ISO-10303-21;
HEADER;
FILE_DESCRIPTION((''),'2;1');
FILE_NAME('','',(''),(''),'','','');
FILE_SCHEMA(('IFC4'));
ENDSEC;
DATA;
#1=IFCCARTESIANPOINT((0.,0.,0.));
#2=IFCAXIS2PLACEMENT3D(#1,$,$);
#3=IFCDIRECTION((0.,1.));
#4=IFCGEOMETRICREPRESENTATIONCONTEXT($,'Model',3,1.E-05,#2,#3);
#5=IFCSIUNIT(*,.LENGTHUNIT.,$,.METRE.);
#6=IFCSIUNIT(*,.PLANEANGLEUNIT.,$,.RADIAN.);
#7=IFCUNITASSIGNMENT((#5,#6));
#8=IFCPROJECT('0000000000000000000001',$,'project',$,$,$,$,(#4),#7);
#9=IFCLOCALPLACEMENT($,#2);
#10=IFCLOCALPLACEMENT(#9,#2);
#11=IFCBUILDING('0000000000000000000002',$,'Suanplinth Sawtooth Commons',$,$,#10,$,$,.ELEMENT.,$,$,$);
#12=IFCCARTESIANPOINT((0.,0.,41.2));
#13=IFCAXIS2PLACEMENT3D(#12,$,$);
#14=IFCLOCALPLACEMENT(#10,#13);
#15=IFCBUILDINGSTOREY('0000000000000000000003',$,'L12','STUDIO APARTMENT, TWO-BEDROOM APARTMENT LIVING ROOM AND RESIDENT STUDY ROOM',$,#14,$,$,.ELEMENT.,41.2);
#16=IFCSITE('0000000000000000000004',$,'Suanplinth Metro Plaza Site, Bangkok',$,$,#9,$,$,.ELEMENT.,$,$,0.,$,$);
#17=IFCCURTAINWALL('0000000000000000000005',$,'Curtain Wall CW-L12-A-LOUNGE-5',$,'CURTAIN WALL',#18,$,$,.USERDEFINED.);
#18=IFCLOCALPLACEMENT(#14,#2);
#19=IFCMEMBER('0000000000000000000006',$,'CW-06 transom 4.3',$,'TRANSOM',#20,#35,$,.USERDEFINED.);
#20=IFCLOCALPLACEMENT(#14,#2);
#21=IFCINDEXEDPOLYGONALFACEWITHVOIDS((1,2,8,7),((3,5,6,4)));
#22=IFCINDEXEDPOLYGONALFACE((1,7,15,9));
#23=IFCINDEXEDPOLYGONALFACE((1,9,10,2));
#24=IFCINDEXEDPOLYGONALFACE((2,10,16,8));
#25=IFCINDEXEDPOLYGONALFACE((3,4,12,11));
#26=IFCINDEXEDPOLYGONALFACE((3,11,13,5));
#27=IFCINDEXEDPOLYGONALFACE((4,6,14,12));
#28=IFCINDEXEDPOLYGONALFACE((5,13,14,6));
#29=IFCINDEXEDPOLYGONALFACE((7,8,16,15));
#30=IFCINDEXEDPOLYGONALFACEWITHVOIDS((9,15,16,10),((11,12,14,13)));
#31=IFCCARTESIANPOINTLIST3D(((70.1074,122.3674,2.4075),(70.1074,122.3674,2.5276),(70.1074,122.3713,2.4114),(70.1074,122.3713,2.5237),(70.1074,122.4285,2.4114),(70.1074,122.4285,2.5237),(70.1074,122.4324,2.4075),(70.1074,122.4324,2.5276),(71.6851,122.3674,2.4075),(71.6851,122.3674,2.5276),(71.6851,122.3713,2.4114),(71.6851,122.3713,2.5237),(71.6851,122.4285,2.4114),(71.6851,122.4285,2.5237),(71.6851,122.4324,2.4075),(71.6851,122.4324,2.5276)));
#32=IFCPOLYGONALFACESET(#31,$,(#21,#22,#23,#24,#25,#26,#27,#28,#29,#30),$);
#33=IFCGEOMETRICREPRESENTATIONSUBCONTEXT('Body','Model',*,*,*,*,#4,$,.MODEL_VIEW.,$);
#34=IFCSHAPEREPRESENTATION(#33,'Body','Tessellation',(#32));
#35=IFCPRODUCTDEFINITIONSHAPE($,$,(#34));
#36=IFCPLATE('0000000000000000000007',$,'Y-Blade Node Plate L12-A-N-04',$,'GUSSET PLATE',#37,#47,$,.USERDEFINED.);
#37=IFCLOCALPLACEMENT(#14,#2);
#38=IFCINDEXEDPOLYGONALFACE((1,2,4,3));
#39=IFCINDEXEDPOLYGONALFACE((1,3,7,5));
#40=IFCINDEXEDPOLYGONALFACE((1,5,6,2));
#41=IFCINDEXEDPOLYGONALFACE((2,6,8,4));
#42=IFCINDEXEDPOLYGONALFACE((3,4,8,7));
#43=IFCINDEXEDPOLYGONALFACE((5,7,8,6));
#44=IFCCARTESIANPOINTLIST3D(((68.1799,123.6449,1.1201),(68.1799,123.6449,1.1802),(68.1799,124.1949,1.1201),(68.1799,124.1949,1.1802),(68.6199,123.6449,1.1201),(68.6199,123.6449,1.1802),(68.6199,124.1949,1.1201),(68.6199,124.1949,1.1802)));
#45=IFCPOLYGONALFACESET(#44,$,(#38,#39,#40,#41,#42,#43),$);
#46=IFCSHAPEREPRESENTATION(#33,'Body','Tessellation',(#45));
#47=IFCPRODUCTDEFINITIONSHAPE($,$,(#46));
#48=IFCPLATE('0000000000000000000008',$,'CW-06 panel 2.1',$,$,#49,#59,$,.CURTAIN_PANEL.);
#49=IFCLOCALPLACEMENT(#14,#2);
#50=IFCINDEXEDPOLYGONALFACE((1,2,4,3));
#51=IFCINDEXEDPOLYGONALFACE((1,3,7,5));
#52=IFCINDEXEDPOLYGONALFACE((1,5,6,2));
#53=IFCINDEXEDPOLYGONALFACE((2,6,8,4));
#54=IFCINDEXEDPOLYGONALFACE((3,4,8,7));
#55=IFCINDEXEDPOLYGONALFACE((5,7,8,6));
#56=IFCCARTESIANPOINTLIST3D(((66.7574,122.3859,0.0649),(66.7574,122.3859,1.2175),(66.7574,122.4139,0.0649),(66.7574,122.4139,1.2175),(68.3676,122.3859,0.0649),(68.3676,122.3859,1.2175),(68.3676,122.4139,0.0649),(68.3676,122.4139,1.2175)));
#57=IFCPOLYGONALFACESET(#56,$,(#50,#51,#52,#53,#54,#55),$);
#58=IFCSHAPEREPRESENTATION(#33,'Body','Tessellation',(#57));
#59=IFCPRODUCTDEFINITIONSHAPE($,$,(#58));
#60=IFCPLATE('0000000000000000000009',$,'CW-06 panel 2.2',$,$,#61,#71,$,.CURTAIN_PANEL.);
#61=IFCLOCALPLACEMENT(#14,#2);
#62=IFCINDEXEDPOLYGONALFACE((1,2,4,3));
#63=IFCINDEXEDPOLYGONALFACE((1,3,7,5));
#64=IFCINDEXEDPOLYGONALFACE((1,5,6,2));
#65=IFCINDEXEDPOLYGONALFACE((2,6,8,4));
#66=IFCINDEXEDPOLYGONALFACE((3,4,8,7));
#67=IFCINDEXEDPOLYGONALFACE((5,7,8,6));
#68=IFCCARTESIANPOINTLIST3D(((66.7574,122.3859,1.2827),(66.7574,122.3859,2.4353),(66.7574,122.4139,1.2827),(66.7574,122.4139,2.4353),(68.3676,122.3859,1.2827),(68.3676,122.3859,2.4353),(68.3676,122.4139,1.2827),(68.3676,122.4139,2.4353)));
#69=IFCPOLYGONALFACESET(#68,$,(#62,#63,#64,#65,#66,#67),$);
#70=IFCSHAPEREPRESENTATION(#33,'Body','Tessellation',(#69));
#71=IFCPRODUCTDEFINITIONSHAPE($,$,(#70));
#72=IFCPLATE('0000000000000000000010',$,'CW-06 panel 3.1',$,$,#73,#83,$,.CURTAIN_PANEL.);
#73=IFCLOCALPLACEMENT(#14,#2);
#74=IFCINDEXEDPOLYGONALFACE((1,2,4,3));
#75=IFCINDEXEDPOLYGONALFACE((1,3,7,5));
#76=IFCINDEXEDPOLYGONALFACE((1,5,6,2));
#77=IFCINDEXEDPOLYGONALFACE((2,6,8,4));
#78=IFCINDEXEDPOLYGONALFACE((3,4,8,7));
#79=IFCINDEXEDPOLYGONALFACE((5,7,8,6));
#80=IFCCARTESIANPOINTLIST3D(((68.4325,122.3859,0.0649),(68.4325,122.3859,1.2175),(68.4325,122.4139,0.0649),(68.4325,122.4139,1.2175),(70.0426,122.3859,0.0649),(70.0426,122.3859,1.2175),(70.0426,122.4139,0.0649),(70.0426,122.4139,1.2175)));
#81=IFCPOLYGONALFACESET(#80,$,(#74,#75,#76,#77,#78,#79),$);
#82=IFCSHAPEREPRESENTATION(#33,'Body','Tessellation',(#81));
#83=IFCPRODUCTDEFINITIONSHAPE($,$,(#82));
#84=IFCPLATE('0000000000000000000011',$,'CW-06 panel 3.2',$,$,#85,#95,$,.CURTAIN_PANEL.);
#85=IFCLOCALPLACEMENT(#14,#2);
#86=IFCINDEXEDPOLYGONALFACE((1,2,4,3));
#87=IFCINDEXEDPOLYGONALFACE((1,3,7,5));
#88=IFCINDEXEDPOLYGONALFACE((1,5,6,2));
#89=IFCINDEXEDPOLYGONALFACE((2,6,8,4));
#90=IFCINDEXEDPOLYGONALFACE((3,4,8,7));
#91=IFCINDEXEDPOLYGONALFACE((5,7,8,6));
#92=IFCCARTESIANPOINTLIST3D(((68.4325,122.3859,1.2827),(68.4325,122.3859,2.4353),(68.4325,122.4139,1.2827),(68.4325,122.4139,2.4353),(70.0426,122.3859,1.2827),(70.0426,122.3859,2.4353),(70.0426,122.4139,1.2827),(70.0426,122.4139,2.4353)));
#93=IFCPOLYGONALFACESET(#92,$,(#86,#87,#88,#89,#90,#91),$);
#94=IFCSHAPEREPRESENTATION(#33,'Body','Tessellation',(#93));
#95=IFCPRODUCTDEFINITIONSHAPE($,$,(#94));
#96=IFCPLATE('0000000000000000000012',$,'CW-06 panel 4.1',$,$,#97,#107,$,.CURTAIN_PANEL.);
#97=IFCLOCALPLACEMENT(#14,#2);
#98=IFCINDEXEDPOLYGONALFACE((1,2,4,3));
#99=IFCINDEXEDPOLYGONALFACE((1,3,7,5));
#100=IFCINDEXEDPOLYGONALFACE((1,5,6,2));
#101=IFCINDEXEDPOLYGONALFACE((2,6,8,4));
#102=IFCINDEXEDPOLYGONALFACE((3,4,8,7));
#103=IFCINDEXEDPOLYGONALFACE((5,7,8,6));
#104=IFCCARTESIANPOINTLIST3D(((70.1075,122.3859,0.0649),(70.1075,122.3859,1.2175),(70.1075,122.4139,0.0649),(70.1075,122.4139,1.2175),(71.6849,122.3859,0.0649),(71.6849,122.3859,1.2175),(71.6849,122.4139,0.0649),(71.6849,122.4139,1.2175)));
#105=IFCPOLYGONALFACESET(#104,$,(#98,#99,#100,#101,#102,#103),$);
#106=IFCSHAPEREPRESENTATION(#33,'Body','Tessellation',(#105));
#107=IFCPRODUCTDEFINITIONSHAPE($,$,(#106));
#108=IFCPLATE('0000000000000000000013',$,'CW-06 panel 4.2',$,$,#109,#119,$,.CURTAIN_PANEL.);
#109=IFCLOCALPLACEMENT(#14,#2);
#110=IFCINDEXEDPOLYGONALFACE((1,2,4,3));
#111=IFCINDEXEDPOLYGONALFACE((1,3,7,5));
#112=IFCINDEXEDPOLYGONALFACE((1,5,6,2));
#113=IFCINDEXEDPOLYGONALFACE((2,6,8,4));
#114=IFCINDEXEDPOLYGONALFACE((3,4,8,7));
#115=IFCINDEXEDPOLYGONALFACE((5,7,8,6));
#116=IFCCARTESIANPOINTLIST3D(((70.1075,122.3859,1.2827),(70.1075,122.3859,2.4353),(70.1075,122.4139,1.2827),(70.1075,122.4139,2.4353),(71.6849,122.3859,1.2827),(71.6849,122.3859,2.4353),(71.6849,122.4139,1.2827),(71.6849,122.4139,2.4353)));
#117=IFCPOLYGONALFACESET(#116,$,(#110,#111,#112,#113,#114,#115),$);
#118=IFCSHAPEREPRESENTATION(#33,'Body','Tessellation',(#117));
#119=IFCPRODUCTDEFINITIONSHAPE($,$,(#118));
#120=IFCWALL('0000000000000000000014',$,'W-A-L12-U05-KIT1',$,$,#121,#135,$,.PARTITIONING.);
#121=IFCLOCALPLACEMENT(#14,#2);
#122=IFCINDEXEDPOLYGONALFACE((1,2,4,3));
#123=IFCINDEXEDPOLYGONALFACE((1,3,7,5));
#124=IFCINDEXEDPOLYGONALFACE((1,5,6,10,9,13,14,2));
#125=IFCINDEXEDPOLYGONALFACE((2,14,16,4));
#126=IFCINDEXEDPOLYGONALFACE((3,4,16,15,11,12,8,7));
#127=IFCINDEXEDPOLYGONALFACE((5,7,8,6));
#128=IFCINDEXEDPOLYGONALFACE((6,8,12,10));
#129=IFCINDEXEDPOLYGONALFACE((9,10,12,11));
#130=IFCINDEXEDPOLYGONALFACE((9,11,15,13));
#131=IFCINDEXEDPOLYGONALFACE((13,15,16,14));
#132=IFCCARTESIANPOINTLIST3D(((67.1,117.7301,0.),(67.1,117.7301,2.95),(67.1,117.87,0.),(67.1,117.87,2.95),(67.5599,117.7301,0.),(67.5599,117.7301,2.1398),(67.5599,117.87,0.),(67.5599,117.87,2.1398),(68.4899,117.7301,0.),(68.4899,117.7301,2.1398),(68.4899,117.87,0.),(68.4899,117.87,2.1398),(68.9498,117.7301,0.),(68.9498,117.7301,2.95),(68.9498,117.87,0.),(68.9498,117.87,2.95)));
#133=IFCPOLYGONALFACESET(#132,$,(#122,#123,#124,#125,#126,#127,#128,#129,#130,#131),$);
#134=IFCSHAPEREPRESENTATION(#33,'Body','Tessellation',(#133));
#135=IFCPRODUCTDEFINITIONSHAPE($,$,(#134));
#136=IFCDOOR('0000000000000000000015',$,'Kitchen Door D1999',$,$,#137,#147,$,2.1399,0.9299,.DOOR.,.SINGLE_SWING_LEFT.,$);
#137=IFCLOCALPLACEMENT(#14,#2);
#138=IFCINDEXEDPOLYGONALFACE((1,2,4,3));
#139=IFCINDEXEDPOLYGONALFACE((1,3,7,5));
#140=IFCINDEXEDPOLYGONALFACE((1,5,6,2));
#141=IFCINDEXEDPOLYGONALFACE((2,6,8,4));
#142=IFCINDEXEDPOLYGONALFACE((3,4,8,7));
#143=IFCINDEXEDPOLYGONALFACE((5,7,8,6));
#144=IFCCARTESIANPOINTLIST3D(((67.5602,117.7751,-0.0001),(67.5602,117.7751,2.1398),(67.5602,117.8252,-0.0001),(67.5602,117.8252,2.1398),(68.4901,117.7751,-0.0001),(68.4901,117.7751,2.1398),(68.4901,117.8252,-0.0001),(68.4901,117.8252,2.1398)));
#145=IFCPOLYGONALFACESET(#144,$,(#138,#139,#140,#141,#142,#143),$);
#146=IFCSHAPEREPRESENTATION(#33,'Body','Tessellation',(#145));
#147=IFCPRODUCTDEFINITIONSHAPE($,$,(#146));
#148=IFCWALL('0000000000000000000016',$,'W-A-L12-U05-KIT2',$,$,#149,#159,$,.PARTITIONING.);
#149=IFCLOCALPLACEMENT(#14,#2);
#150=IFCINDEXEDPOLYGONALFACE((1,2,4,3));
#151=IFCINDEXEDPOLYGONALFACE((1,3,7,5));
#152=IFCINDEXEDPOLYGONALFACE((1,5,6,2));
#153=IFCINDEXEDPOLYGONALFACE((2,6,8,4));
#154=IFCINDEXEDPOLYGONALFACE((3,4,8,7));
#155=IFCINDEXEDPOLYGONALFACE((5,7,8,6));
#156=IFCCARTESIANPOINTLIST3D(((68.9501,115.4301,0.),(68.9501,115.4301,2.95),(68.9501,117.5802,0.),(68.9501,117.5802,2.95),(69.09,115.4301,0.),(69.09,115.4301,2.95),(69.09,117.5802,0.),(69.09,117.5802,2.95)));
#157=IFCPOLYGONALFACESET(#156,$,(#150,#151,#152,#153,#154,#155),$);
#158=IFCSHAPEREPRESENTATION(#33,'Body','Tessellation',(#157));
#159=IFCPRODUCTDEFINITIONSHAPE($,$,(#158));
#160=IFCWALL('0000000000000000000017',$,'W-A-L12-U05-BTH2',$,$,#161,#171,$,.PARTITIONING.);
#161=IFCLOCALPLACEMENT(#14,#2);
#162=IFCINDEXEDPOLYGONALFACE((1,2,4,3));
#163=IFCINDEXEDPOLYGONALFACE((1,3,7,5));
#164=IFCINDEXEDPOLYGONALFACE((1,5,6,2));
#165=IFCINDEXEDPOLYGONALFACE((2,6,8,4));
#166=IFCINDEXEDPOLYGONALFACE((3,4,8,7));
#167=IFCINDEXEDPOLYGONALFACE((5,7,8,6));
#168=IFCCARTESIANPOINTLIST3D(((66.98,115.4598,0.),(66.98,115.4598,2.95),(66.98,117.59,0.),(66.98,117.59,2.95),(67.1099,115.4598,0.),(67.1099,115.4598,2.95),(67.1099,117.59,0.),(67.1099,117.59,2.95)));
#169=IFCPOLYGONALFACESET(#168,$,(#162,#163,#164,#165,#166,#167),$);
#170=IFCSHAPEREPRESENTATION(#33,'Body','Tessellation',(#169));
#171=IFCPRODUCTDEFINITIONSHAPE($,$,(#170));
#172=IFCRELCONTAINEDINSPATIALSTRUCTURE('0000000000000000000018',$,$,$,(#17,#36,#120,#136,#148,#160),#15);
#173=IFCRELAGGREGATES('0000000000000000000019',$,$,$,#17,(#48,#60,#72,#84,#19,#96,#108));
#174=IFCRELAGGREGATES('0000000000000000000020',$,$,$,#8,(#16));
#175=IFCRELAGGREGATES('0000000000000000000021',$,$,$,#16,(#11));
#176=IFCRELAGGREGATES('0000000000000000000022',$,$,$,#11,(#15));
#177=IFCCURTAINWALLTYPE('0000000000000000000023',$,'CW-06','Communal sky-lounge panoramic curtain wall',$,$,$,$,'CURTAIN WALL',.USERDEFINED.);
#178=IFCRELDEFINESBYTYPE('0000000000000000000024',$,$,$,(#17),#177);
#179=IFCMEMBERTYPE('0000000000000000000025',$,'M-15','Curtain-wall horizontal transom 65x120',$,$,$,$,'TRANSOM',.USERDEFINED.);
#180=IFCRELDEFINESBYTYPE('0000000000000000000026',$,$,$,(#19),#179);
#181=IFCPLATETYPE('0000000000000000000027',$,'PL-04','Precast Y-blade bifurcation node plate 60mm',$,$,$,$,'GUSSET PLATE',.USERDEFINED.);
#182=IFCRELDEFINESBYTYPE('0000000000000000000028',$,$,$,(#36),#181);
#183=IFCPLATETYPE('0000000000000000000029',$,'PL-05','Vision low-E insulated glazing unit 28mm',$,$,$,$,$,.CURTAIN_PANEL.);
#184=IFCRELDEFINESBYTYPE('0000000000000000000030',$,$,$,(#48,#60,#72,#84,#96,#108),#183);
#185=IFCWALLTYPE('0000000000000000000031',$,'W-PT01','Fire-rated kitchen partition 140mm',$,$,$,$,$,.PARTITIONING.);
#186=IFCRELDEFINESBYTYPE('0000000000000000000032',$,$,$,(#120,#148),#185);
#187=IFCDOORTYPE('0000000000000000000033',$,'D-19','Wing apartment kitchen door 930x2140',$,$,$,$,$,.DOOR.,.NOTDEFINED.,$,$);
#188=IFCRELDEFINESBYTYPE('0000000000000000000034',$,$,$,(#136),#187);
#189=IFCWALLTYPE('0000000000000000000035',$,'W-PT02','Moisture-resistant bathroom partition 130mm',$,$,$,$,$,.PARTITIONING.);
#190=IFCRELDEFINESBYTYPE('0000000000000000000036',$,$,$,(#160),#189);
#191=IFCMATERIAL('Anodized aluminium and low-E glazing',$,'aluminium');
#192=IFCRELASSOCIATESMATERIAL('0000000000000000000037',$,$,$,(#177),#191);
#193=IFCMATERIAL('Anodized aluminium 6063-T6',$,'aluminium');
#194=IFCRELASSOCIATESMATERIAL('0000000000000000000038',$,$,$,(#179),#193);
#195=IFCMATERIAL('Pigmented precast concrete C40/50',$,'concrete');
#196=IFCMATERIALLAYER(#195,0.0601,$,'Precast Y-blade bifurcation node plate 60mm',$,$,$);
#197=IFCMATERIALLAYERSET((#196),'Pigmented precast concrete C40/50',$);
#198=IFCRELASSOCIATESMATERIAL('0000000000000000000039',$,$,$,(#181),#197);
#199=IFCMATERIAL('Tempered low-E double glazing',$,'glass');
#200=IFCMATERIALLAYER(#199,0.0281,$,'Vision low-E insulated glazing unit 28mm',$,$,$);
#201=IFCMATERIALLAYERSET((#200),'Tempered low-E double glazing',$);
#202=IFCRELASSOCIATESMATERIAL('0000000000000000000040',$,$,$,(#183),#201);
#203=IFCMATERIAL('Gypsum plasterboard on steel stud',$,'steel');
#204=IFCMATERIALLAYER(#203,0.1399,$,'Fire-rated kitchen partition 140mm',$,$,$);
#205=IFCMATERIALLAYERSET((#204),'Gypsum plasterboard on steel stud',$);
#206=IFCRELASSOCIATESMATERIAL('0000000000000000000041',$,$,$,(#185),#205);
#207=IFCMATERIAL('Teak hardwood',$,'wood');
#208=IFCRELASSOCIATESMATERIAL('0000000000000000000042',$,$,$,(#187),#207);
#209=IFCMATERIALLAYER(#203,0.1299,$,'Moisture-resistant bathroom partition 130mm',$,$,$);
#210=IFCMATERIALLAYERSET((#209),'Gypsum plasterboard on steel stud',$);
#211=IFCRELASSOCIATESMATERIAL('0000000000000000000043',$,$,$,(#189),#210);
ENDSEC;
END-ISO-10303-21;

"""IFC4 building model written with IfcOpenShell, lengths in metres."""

from ifc_helpers import new_model, si_unit, direction, frame, frame_2d, origin, origin_2d, place, context, subcontext, project, spatial, rectangle, hollow_rectangle, extrude, material, layer, layer_set, material_profile, profile_set, type_object, element, fill, aggregate, save


model = new_model("IFC4")

# Units and contexts
model_context = context("Model", 3, precision=1e-05, world=origin(), true_north=direction((0.0, 1.0)))
body_context = subcontext(model_context, "Body", "Model", "MODEL_VIEW")
ifc_project = project(units=[si_unit("LENGTHUNIT", "METRE"), si_unit("PLANEANGLEUNIT", "RADIAN")], contexts=[model_context])

# Site, building, storey
site_placement = place(None, origin())
site = spatial("IfcSite", under=ifc_project, at=site_placement, Name="Suanplinth Metro Plaza Site, Bangkok", CompositionType="ELEMENT", RefElevation=0.0)
building_placement = place(site_placement, origin())
building = spatial("IfcBuilding", under=site, at=building_placement, Name="Suanplinth Sawtooth Commons", CompositionType="ELEMENT")
storey_placement = place(building_placement, frame((0.0, 0.0, 41.2)))
storey = spatial("IfcBuildingStorey", under=building, at=storey_placement, Name="L12", Description="STUDIO APARTMENT, TWO-BEDROOM APARTMENT LIVING ROOM AND RESIDENT STUDY ROOM", CompositionType="ELEMENT", Elevation=41.2)

# Shared definitions
ifc_material_1 = material(Name="Pigmented precast concrete C40/50", Category="concrete")

# Curtain wall, member
ifc_material_2 = material(Name="Anodized aluminium and low-E glazing", Category="aluminium")
curtain_wall_type = type_object("IfcCurtainWallType", Name="CW-06", Description="Communal sky-lounge panoramic curtain wall", ElementType="CURTAIN WALL", PredefinedType="USERDEFINED", material=ifc_material_2)
curtain_wall_placement = place(storey_placement, origin())
curtain_wall = element("IfcCurtainWall", 1, at=curtain_wall_placement, inside=storey, type_object=curtain_wall_type, Name="Curtain Wall CW-L12-A-LOUNGE-5", ObjectType="CURTAIN WALL", PredefinedType="USERDEFINED")
ifc_material_3 = material(Name="Anodized aluminium 6063-T6", Category="aluminium")
ifc_material_profile_1 = material_profile(ifc_material_3, hollow_rectangle(XDim=0.0649, YDim=0.1201, WallThickness=0.0039, at=origin_2d()), Name="ALU-TRN 65x120")
ifc_profile_set_1 = profile_set([ifc_material_profile_1], Name="Anodized aluminium 6063-T6")
member_type_1 = type_object("IfcMemberType", Name="M-15", Description="Curtain-wall horizontal transom 65x120", ElementType="TRANSOM", PredefinedType="USERDEFINED", material=ifc_profile_set_1)
member_1_placement = place(storey_placement, frame((70.1074, 122.3999, 2.4675), z_axis=(1.0, 0.0, 0.0), x_axis=(0.0, 1.0, 0.0)))
member_1 = element("IfcMember", 2, at=member_1_placement, type_object=member_type_1, Name="CW-06 transom 4.3", ObjectType="TRANSOM", PredefinedType="USERDEFINED", context=body_context, shape_type="SweptSolid", body=[
    extrude(hollow_rectangle(XDim=0.0649, YDim=0.1201, WallThickness=0.0039, at=origin_2d()), origin(), (0.0, 0.0, 1.0), 1.5776),
])

# Plates
ifc_layer_1 = layer(ifc_material_1, 0.0601, Name="Precast Y-blade bifurcation node plate 60mm")
ifc_layer_set_1 = layer_set([ifc_layer_1], Name="Pigmented precast concrete C40/50")
plate_type_1 = type_object("IfcPlateType", Name="PL-04", Description="Precast Y-blade bifurcation node plate 60mm", ElementType="GUSSET PLATE", PredefinedType="USERDEFINED", material=ifc_layer_set_1)
plate_1_placement = place(storey_placement, frame((68.3999, 123.9199, 1.1201), z_axis=(0.0, 0.0, 1.0), x_axis=(1.0, 0.0, 0.0)))
element("IfcPlate", 3, at=plate_1_placement, inside=storey, type_object=plate_type_1, Name="Y-Blade Node Plate L12-A-N-04", ObjectType="GUSSET PLATE", PredefinedType="USERDEFINED", context=body_context, shape_type="SweptSolid", body=[
    extrude(rectangle(XDim=0.4399, YDim=0.55, at=origin_2d()), origin(), (0.0, 0.0, 1.0), 0.0601),
])
ifc_material_4 = material(Name="Tempered low-E double glazing", Category="glass")
ifc_layer_2 = layer(ifc_material_4, 0.0281, Name="Vision low-E insulated glazing unit 28mm")
ifc_layer_set_2 = layer_set([ifc_layer_2], Name="Tempered low-E double glazing")
plate_type_2 = type_object("IfcPlateType", Name="PL-05", Description="Vision low-E insulated glazing unit 28mm", PredefinedType="CURTAIN_PANEL", material=ifc_layer_set_2)
plate_2_placement = place(storey_placement, frame((67.5625, 122.3999, 0.0649), z_axis=(0.0, 0.0, 1.0), x_axis=(1.0, 0.0, 0.0)))
plate_2 = element("IfcPlate", 4, at=plate_2_placement, type_object=plate_type_2, Name="CW-06 panel 2.1", PredefinedType="CURTAIN_PANEL", context=body_context, shape_type="SweptSolid", body=[
    extrude(rectangle(XDim=1.6101, YDim=0.0281, at=origin_2d()), origin(), (0.0, 0.0, 1.0), 1.1526),
])
plate_3_placement = place(storey_placement, frame((67.5625, 122.3999, 1.2827), z_axis=(0.0, 0.0, 1.0), x_axis=(1.0, 0.0, 0.0)))
plate_3 = element("IfcPlate", 5, at=plate_3_placement, type_object=plate_type_2, Name="CW-06 panel 2.2", PredefinedType="CURTAIN_PANEL", context=body_context, shape_type="SweptSolid", body=[
    extrude(rectangle(XDim=1.6101, YDim=0.0281, at=origin_2d()), origin(), (0.0, 0.0, 1.0), 1.1526),
])
plate_4_placement = place(storey_placement, frame((69.2375, 122.3999, 0.0649), z_axis=(0.0, 0.0, 1.0), x_axis=(1.0, 0.0, 0.0)))
plate_4 = element("IfcPlate", 6, at=plate_4_placement, type_object=plate_type_2, Name="CW-06 panel 3.1", PredefinedType="CURTAIN_PANEL", context=body_context, shape_type="SweptSolid", body=[
    extrude(rectangle(XDim=1.6101, YDim=0.0281, at=origin_2d()), origin(), (0.0, 0.0, 1.0), 1.1526),
])
plate_5_placement = place(storey_placement, frame((69.2375, 122.3999, 1.2827), z_axis=(0.0, 0.0, 1.0), x_axis=(1.0, 0.0, 0.0)))
plate_5 = element("IfcPlate", 7, at=plate_5_placement, type_object=plate_type_2, Name="CW-06 panel 3.2", PredefinedType="CURTAIN_PANEL", context=body_context, shape_type="SweptSolid", body=[
    extrude(rectangle(XDim=1.6101, YDim=0.0281, at=origin_2d()), origin(), (0.0, 0.0, 1.0), 1.1526),
])
plate_6_placement = place(storey_placement, frame((70.8962, 122.3999, 0.0649), z_axis=(0.0, 0.0, 1.0), x_axis=(1.0, 0.0, 0.0)))
plate_6 = element("IfcPlate", 8, at=plate_6_placement, type_object=plate_type_2, Name="CW-06 panel 4.1", PredefinedType="CURTAIN_PANEL", context=body_context, shape_type="SweptSolid", body=[
    extrude(rectangle(XDim=1.5774, YDim=0.0281, at=origin_2d()), origin(), (0.0, 0.0, 1.0), 1.1526),
])
plate_7_placement = place(storey_placement, frame((70.8962, 122.3999, 1.2827), z_axis=(0.0, 0.0, 1.0), x_axis=(1.0, 0.0, 0.0)))
plate_7 = element("IfcPlate", 9, at=plate_7_placement, type_object=plate_type_2, Name="CW-06 panel 4.2", PredefinedType="CURTAIN_PANEL", context=body_context, shape_type="SweptSolid", body=[
    extrude(rectangle(XDim=1.5774, YDim=0.0281, at=origin_2d()), origin(), (0.0, 0.0, 1.0), 1.1526),
])
aggregate(curtain_wall, [plate_2, plate_3, plate_4, plate_5, member_1, plate_6, plate_7])

# Wall, opening, door
ifc_material_5 = material(Name="Gypsum plasterboard on steel stud", Category="steel")
ifc_layer_3 = layer(ifc_material_5, 0.1399, Name="Fire-rated kitchen partition 140mm")
ifc_layer_set_3 = layer_set([ifc_layer_3], Name="Gypsum plasterboard on steel stud")
wall_type_1 = type_object("IfcWallType", Name="W-PT01", Description="Fire-rated kitchen partition 140mm", PredefinedType="PARTITIONING", material=ifc_layer_set_3)
wall_1_placement = place(storey_placement, frame((67.1001, 117.8, 0.0), z_axis=(0.0, 0.0, 1.0), x_axis=(1.0, 0.0, 0.0)))
wall_1 = element("IfcWall", 10, at=wall_1_placement, inside=storey, type_object=wall_type_1, Name="W-A-L12-U05-KIT1", PredefinedType="PARTITIONING", context=body_context, shape_type="SweptSolid", body=[
    extrude(rectangle(XDim=1.8499, YDim=0.1399, at=frame_2d((0.9248, 0.0))), origin(), (0.0, 0.0, 1.0), 2.95),
])
opening_placement = place(wall_1_placement, frame((0.46, 0.0, 0.0)))
opening = element("IfcOpeningElement", 11, at=opening_placement, cuts=wall_1, PredefinedType="OPENING", context=body_context, shape_type="SweptSolid", body=[
    extrude(rectangle(XDim=0.9299, YDim=2.1399, at=frame_2d((0.4648, 1.0698))), frame((0.0, 0.085, 0.0), z_axis=(0.0, -1.0, 0.0), x_axis=(1.0, 0.0, 0.0)), (0.0, 0.0, 1.0), 0.1697),
])
ifc_material_6 = material(Name="Teak hardwood", Category="wood")
door_type = type_object("IfcDoorType", Name="D-19", Description="Wing apartment kitchen door 930x2140", OperationType="NOTDEFINED", PredefinedType="DOOR", material=ifc_material_6)
door_placement = place(opening_placement, frame((0.9299, 0.0, 0.0), z_axis=(0.0, 0.0, 1.0), x_axis=(-1.0, 0.0, 0.0)))
door = element("IfcDoor", 12, at=door_placement, inside=storey, type_object=door_type, Name="Kitchen Door D1999", OperationType="SINGLE_SWING_LEFT", OverallHeight=2.1399, OverallWidth=0.9299, PredefinedType="DOOR", context=body_context, shape_type="SweptSolid", body=[
    extrude(rectangle(XDim=0.9299, YDim=2.1399, at=frame_2d((0.4648, 1.0698))), frame((0.0, 0.0249, 0.0), z_axis=(0.0, -1.0, 0.0), x_axis=(1.0, 0.0, 0.0)), (0.0, 0.0, 1.0), 0.05),
])
fill(opening, door)

# Walls
wall_2_placement = place(storey_placement, frame((69.02, 115.4299, 0.0), z_axis=(0.0, 0.0, 1.0), x_axis=(0.0, 1.0, 0.0)))
element("IfcWall", 13, at=wall_2_placement, inside=storey, type_object=wall_type_1, Name="W-A-L12-U05-KIT2", PredefinedType="PARTITIONING", context=body_context, shape_type="SweptSolid", body=[
    extrude(rectangle(XDim=2.1501, YDim=0.1399, at=frame_2d((1.0752, 0.0))), origin(), (0.0, 0.0, 1.0), 2.95),
])
ifc_layer_4 = layer(ifc_material_5, 0.1299, Name="Moisture-resistant bathroom partition 130mm")
ifc_layer_set_4 = layer_set([ifc_layer_4], Name="Gypsum plasterboard on steel stud")
wall_type_2 = type_object("IfcWallType", Name="W-PT02", Description="Moisture-resistant bathroom partition 130mm", PredefinedType="PARTITIONING", material=ifc_layer_set_4)
wall_3_placement = place(storey_placement, frame((67.0449, 115.46, 0.0), z_axis=(0.0, 0.0, 1.0), x_axis=(0.0, 1.0, 0.0)))
element("IfcWall", 14, at=wall_3_placement, inside=storey, type_object=wall_type_2, Name="W-A-L12-U05-BTH2", PredefinedType="PARTITIONING", context=body_context, shape_type="SweptSolid", body=[
    extrude(rectangle(XDim=2.1301, YDim=0.1299, at=frame_2d((1.0649, 0.0))), origin(), (0.0, 0.0, 1.0), 2.95),
])

save(model, "model.ifc")
